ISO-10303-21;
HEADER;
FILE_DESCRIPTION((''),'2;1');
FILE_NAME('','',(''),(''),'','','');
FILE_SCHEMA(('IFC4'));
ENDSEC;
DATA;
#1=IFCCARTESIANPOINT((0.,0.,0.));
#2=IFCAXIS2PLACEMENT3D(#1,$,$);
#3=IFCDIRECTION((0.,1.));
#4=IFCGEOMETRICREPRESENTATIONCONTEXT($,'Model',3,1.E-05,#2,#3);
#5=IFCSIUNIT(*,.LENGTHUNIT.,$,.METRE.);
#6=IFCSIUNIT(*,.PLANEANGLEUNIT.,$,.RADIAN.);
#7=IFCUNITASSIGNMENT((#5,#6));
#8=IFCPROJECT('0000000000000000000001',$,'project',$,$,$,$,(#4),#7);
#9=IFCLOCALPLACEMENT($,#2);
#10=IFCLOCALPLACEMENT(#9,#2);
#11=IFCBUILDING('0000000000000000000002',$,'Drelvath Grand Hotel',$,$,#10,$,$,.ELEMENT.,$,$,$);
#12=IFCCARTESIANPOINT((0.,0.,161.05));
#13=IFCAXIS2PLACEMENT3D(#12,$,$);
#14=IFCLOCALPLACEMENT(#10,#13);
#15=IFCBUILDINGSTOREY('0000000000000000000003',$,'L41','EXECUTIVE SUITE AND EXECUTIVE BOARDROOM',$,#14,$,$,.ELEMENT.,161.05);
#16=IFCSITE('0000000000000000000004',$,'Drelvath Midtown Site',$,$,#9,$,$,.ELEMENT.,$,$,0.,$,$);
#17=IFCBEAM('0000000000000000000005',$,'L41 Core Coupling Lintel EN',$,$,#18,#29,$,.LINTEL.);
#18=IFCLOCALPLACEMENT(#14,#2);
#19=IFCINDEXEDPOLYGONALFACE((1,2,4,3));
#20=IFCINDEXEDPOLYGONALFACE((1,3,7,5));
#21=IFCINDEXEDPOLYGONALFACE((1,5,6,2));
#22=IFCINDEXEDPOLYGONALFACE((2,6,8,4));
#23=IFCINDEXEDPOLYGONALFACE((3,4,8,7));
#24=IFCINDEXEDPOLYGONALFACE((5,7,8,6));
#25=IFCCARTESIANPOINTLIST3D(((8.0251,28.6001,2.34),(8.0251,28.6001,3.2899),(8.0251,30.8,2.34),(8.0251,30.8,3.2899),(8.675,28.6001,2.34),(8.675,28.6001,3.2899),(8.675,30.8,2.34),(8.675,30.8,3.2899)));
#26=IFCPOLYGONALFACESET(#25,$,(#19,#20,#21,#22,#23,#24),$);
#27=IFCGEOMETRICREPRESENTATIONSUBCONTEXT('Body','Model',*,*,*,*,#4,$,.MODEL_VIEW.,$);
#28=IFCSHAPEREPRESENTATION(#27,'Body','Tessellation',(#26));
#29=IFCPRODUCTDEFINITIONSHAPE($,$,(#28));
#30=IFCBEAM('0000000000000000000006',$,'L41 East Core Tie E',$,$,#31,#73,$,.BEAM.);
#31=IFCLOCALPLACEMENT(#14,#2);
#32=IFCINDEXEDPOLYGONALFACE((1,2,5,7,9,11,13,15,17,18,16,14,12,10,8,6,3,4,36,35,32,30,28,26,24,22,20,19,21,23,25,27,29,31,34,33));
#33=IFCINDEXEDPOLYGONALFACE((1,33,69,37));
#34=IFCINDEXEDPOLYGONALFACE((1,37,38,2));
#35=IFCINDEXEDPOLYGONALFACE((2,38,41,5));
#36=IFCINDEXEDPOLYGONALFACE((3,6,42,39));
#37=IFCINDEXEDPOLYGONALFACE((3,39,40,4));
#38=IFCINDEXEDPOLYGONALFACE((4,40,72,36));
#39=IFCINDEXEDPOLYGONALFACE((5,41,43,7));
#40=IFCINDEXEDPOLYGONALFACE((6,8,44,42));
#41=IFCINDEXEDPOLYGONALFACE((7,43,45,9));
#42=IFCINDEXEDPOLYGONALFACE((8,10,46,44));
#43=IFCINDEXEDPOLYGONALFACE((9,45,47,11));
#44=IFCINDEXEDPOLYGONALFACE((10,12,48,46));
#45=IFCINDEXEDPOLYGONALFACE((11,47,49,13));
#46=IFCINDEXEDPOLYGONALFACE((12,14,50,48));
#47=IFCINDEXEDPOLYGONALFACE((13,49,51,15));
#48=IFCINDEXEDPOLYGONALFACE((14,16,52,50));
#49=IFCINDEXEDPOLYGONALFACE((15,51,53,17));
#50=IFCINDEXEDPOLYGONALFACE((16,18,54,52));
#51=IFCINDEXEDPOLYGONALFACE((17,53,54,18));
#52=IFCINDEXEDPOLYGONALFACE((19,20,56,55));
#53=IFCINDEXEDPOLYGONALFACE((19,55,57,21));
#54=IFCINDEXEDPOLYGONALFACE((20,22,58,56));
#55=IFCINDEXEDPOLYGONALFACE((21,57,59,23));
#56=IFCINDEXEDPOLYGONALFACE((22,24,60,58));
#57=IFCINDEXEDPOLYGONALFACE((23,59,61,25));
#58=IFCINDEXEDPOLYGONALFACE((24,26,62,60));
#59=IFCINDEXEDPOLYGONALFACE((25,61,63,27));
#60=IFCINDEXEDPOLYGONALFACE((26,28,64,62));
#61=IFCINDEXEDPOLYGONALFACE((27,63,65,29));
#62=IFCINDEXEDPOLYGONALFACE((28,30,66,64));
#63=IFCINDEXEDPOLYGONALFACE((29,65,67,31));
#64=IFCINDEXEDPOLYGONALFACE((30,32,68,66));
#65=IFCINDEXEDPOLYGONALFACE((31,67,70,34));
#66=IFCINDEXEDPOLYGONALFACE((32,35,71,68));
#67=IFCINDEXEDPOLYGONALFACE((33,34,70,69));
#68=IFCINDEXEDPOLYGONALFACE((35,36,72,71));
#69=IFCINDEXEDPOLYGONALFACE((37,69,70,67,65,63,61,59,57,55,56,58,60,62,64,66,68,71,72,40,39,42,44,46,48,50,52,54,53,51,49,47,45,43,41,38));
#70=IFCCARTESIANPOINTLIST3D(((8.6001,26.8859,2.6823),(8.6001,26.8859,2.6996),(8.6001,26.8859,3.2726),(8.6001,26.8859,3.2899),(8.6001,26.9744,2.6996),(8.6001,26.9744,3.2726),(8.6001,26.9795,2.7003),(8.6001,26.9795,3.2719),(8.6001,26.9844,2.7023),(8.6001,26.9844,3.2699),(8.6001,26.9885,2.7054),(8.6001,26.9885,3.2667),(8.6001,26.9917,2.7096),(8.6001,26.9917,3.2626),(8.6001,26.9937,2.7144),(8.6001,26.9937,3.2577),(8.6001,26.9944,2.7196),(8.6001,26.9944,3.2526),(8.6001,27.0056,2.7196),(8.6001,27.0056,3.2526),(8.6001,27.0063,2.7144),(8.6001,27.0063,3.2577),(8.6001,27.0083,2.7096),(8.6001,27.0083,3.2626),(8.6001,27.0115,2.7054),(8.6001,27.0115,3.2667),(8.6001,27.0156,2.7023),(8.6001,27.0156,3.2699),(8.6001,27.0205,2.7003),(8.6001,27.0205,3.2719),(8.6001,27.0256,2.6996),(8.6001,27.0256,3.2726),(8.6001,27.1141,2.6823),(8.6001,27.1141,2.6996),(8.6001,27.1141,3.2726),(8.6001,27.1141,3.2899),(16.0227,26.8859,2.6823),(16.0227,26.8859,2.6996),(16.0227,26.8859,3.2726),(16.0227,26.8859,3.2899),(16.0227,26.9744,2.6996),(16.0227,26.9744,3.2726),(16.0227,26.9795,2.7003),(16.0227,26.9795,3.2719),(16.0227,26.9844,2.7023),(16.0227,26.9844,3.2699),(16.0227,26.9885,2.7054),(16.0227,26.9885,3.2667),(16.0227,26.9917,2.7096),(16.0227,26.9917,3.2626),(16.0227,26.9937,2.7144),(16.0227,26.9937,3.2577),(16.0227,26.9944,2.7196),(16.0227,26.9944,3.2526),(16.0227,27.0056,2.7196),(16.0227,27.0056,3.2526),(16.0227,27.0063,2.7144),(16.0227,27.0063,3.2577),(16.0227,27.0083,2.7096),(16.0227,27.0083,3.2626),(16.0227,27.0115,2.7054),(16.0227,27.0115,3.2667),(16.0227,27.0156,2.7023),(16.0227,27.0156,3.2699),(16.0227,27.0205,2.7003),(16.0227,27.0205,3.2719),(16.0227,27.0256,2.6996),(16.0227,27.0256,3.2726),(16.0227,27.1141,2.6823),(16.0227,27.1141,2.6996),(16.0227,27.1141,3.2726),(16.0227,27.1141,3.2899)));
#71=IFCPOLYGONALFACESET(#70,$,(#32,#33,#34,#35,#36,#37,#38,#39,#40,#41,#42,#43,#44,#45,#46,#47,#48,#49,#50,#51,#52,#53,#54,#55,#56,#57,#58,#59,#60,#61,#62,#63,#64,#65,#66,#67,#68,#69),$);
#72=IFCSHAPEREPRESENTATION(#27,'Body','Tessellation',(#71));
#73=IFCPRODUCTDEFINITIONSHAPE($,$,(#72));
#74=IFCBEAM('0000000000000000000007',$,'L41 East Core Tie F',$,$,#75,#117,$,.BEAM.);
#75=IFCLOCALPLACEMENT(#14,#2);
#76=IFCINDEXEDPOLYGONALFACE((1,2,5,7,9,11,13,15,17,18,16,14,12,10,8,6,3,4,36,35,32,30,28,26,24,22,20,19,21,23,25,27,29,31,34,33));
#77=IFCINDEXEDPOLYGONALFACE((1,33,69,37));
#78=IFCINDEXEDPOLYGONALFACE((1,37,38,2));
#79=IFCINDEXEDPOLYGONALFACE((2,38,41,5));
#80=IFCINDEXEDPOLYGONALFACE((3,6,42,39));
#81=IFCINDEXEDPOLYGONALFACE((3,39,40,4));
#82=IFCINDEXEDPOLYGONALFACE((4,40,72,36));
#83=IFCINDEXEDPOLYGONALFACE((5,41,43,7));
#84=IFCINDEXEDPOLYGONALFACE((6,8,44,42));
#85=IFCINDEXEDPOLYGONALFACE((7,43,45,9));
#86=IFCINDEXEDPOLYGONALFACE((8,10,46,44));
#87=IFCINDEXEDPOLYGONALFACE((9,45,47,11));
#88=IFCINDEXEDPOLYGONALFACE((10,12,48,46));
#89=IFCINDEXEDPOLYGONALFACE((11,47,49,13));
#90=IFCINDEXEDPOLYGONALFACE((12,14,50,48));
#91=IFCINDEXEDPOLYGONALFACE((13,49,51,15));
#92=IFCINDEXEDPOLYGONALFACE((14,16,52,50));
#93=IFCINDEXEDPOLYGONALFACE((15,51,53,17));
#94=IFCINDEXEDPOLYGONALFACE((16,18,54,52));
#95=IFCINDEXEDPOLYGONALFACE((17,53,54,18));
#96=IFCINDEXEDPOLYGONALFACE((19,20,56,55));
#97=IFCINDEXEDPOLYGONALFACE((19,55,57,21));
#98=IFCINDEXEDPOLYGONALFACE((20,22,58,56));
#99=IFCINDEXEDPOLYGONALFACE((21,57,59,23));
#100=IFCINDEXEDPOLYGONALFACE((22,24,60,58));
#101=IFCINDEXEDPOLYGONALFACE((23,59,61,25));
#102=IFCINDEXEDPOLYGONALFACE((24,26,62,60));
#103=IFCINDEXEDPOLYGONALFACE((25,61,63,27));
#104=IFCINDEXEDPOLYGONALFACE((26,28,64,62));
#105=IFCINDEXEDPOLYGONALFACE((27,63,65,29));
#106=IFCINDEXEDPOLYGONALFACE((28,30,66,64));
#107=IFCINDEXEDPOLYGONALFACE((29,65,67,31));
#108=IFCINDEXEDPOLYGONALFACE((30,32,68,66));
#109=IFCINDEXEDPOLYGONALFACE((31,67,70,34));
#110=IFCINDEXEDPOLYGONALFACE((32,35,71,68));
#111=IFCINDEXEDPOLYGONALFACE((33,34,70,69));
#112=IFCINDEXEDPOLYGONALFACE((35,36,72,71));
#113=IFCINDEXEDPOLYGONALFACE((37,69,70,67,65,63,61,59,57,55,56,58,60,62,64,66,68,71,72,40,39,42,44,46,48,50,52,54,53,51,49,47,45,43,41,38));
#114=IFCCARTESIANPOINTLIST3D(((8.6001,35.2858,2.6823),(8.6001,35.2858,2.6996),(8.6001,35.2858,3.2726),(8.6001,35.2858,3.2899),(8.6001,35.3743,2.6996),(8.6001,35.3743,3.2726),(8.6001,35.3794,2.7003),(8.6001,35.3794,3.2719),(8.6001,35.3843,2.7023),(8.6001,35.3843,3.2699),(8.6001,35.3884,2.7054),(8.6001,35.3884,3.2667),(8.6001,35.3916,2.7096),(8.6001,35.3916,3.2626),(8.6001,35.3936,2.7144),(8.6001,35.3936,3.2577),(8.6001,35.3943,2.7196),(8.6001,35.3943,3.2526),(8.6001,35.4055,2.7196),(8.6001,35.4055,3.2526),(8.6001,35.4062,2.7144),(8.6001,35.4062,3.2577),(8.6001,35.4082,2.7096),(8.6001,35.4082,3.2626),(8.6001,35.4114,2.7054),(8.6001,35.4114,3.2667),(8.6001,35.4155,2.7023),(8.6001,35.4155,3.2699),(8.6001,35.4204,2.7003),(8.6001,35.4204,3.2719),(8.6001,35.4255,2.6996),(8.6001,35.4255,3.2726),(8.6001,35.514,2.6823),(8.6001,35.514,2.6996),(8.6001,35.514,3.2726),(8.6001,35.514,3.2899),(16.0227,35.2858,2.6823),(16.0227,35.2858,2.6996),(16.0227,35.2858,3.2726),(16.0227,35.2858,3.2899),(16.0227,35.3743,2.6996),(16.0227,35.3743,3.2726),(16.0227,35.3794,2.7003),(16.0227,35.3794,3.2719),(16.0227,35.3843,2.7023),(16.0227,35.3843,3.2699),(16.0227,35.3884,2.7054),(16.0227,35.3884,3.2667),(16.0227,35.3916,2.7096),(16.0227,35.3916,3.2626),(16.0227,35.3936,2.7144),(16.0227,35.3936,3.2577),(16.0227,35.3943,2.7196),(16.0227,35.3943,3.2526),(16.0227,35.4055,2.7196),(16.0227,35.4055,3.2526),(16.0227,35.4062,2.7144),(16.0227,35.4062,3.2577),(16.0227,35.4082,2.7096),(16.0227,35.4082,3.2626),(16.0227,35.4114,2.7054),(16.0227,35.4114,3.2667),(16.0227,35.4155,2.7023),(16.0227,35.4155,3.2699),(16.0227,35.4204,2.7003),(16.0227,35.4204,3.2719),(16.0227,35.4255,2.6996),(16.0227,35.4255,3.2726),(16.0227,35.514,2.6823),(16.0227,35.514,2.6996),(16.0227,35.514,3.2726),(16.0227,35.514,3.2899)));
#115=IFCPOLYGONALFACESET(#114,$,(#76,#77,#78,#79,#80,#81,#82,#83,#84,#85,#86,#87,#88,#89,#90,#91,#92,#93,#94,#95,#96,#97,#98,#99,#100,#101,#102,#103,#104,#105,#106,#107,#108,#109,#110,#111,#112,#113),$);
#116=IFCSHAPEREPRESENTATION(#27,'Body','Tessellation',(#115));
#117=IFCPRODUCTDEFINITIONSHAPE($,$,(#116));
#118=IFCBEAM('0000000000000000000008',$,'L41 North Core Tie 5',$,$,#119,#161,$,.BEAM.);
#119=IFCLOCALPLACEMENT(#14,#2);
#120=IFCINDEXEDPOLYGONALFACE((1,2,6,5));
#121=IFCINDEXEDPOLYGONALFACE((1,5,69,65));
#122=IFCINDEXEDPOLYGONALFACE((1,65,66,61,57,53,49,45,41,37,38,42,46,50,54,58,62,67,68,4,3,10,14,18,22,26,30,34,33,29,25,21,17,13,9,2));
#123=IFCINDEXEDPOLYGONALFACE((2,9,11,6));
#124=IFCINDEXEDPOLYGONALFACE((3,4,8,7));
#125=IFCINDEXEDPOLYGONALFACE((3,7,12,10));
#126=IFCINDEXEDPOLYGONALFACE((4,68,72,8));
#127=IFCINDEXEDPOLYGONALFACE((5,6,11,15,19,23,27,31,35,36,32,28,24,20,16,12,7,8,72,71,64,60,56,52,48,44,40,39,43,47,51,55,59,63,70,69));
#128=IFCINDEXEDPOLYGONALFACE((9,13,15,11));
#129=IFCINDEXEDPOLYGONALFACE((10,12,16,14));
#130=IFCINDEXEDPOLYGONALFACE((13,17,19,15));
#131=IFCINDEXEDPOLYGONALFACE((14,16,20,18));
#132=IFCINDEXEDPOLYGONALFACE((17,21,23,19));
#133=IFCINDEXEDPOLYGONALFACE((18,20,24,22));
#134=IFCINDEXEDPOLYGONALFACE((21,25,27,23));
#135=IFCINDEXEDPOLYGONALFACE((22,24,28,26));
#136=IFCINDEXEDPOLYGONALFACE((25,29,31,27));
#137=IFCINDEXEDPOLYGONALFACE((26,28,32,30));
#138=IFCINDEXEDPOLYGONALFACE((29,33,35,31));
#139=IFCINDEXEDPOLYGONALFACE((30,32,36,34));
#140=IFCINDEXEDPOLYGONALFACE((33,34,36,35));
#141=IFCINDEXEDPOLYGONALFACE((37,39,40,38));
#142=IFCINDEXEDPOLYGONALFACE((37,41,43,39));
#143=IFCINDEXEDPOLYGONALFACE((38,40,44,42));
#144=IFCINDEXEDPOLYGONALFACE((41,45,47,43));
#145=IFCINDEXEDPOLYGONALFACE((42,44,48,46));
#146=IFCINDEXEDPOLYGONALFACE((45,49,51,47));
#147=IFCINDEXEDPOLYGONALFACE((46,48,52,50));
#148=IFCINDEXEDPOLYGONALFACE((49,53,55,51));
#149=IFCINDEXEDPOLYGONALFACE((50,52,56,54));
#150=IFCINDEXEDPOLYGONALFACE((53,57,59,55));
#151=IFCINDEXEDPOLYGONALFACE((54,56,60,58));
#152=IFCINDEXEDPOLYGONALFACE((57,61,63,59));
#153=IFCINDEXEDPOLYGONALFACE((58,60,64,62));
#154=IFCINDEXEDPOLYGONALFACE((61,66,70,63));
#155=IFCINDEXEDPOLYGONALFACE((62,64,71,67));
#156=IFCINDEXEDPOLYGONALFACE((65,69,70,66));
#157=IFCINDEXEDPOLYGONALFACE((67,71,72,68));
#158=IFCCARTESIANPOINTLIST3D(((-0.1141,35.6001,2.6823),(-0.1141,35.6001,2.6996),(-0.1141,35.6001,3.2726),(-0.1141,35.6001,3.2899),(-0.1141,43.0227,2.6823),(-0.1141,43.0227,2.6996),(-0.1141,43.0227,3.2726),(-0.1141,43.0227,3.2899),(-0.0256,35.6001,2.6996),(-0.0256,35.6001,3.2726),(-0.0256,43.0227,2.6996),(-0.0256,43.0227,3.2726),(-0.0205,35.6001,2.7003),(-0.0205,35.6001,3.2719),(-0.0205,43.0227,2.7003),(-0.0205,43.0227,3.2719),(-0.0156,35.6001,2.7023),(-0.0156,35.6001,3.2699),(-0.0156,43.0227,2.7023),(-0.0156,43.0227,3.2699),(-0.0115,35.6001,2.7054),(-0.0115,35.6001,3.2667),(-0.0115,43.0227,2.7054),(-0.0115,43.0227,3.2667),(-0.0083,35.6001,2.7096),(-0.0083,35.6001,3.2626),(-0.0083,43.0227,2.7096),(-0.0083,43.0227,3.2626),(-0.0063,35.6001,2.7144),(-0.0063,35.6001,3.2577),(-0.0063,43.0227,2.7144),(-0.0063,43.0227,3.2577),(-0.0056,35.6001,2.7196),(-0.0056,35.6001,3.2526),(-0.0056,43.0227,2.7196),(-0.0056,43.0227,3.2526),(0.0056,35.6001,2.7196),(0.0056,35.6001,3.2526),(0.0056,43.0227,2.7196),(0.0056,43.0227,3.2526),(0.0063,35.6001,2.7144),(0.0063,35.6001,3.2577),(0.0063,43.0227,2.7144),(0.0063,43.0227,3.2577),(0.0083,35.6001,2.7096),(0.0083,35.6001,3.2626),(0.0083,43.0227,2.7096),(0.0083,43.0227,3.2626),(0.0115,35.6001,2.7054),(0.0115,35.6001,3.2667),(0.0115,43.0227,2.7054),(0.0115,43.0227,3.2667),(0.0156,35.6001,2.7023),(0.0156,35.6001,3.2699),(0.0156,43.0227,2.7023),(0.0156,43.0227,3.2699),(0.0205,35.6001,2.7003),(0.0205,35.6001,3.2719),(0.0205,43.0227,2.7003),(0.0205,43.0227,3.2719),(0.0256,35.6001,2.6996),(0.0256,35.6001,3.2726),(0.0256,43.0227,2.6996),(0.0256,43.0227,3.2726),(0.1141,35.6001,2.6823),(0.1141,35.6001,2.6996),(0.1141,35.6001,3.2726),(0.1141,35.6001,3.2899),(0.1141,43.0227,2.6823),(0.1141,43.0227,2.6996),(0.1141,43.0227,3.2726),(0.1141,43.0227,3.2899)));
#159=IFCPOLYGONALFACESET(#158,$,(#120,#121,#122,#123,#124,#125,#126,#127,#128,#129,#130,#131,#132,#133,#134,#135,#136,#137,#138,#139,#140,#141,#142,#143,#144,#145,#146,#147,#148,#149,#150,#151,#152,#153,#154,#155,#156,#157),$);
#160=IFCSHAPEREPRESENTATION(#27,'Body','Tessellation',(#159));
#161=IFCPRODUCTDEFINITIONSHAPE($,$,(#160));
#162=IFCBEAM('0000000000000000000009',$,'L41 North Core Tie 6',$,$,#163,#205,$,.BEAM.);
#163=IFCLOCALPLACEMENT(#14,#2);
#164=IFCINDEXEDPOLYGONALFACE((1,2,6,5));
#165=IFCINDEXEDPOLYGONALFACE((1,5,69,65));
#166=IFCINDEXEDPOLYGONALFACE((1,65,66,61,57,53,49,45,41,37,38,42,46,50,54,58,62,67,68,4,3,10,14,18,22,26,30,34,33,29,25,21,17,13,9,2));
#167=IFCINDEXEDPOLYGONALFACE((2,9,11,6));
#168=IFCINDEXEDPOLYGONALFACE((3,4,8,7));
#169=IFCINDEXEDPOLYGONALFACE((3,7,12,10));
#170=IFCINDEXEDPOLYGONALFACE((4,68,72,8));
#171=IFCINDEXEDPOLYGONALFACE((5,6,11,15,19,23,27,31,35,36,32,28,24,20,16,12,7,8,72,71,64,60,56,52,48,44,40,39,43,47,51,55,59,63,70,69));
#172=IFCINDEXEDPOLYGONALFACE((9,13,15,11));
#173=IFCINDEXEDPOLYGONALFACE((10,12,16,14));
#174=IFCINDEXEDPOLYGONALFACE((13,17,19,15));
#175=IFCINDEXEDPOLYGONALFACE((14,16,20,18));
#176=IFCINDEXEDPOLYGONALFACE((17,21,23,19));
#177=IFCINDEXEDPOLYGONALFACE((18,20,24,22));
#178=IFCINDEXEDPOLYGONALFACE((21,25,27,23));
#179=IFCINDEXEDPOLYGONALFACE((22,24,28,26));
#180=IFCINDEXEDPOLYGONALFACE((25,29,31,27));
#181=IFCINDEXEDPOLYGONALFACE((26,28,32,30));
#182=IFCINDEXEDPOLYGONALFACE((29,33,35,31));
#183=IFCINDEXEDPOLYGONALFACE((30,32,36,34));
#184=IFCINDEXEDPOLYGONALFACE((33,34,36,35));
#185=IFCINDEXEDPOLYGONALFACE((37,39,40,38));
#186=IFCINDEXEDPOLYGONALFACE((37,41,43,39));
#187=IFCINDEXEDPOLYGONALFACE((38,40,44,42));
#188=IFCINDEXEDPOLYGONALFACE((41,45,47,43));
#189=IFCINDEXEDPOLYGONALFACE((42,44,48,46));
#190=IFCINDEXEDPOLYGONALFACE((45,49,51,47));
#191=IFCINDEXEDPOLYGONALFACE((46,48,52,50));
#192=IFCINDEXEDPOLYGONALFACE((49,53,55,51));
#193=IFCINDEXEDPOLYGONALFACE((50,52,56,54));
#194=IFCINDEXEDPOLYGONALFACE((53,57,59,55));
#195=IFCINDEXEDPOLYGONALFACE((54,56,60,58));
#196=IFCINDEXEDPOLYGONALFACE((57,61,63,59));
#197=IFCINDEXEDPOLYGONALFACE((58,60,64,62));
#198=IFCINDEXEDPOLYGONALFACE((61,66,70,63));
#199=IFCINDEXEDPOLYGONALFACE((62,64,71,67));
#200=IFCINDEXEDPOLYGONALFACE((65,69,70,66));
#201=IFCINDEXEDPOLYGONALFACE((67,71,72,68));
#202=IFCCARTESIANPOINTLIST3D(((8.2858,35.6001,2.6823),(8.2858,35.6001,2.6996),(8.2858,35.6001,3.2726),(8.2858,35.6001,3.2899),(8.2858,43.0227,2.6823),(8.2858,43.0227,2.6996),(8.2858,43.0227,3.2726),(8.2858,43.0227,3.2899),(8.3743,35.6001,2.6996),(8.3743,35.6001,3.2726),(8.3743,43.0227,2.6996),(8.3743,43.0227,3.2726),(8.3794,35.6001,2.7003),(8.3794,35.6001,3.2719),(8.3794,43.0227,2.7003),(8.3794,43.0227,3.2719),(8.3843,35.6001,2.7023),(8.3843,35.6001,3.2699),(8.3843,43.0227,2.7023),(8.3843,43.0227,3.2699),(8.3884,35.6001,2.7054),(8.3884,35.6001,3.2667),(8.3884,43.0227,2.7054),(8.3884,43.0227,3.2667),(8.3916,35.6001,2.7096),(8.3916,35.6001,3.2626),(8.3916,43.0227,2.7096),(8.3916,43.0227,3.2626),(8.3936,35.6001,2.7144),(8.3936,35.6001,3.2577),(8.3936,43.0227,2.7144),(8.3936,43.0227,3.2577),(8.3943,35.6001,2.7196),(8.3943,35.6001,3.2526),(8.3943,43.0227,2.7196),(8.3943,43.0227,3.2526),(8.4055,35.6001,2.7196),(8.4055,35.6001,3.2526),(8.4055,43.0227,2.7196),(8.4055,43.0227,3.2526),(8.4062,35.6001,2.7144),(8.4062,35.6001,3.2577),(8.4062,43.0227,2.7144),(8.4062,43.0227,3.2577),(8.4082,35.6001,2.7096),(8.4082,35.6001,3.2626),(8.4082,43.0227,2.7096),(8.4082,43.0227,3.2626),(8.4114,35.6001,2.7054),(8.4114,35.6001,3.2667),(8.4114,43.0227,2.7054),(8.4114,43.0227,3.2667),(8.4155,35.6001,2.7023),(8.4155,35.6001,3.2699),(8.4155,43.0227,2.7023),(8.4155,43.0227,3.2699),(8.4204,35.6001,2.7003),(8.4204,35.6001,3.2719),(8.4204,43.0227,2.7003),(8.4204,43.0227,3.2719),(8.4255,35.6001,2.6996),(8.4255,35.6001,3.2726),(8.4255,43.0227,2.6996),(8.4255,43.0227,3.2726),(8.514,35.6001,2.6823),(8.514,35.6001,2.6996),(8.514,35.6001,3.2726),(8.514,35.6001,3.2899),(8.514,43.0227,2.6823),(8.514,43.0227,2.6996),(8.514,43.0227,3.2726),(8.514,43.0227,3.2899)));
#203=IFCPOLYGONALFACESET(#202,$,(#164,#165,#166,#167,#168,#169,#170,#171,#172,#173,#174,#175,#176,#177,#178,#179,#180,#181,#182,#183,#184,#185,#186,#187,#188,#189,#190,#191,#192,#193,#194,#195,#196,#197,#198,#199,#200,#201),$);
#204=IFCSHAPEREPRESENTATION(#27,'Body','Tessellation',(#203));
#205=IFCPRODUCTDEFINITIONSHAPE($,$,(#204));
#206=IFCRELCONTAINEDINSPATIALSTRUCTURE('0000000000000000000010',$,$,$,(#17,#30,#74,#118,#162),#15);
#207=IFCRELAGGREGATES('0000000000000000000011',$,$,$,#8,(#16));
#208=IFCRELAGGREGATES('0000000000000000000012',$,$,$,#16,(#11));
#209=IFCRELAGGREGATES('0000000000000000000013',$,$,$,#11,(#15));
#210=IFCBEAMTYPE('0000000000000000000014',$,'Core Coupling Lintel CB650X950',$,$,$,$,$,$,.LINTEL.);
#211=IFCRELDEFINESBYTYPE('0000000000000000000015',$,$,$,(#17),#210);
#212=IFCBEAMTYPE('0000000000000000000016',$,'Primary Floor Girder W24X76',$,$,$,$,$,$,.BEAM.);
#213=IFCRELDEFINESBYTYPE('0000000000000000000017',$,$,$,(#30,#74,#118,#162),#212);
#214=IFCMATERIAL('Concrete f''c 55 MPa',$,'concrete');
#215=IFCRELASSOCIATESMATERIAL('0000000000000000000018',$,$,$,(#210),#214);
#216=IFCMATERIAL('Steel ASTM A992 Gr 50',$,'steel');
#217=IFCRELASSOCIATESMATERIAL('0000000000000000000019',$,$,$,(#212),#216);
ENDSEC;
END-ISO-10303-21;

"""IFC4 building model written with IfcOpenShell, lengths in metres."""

from ifc_helpers import new_model, si_unit, direction, frame, origin, origin_2d, place, context, subcontext, project, spatial, rectangle, i_section, extrude, material, material_profile, profile_set, type_object, element, save


model = new_model("IFC4")

# Units and contexts
model_context = context("Model", 3, precision=1e-05, world=origin(), true_north=direction((0.0, 1.0)))
body_context = subcontext(model_context, "Body", "Model", "MODEL_VIEW")
ifc_project = project(units=[si_unit("LENGTHUNIT", "METRE"), si_unit("PLANEANGLEUNIT", "RADIAN")], contexts=[model_context])

# Site, building, storey
site_placement = place(None, origin())
site = spatial("IfcSite", under=ifc_project, at=site_placement, Name="Drelvath Midtown Site", CompositionType="ELEMENT", RefElevation=0.0)
building_placement = place(site_placement, origin())
building = spatial("IfcBuilding", under=site, at=building_placement, Name="Drelvath Grand Hotel", CompositionType="ELEMENT")
storey_placement = place(building_placement, frame((0.0, 0.0, 161.05)))
storey = spatial("IfcBuildingStorey", under=building, at=storey_placement, Name="L41", Description="EXECUTIVE SUITE AND EXECUTIVE BOARDROOM", CompositionType="ELEMENT", Elevation=161.05)

# Beams
ifc_material_1 = material(Name="Concrete f'c 55 MPa", Category="concrete")
ifc_material_profile_1 = material_profile(ifc_material_1, rectangle(XDim=0.6499, YDim=0.95, at=origin_2d()), Name="CB650X950")
ifc_profile_set_1 = profile_set([ifc_material_profile_1], Name="Concrete f'c 55 MPa")
beam_type_1 = type_object("IfcBeamType", Name="Core Coupling Lintel CB650X950", PredefinedType="LINTEL", material=ifc_profile_set_1)
beam_placement = place(storey_placement, frame((8.3501, 28.6001, 2.8149), z_axis=(0.0, 1.0, 0.0), x_axis=(-1.0, 0.0, 0.0)))
element("IfcBeam", 1, at=beam_placement, inside=storey, type_object=beam_type_1, Name="L41 Core Coupling Lintel EN", PredefinedType="LINTEL", context=body_context, shape_type="SweptSolid", body=[
    extrude(rectangle(XDim=0.6499, YDim=0.95, at=origin_2d()), origin(), (0.0, 0.0, 1.0), 2.2),
])
ifc_material_2 = material(Name="Steel ASTM A992 Gr 50", Category="steel")
ifc_material_profile_2 = material_profile(ifc_material_2, i_section(OverallWidth=0.2283, OverallDepth=0.6077, WebThickness=0.0112, FlangeThickness=0.0173, FilletRadius=0.02, at=origin_2d()), Name="W24X76")
ifc_profile_set_2 = profile_set([ifc_material_profile_2], Name="Steel ASTM A992 Gr 50")
beam_type_2 = type_object("IfcBeamType", Name="Primary Floor Girder W24X76", PredefinedType="BEAM", material=ifc_profile_set_2)
for number, where, z_axis, x_axis, name in (
    (2, (8.6001, 27.0, 2.9861), (1.0, 0.0, 0.0), (0.0, 1.0, 0.0), "L41 East Core Tie E"),
    (3, (8.6001, 35.3999, 2.9861), (1.0, 0.0, 0.0), (0.0, 1.0, 0.0), "L41 East Core Tie F"),
    (4, (0.0, 35.6001, 2.9861), (0.0, 1.0, 0.0), (-1.0, 0.0, 0.0), "L41 North Core Tie 5"),
    (5, (8.3999, 35.6001, 2.9861), (0.0, 1.0, 0.0), (-1.0, 0.0, 0.0), "L41 North Core Tie 6"),
):
    element("IfcBeam", number, at=place(storey_placement, frame(where, z_axis=z_axis, x_axis=x_axis)), inside=storey, type_object=beam_type_2, Name=name, PredefinedType="BEAM", context=body_context, shape_type="SweptSolid", body=[
        extrude(i_section(OverallWidth=0.2283, OverallDepth=0.6077, WebThickness=0.0112, FlangeThickness=0.0173, FilletRadius=0.02, at=origin_2d()), origin(), (0.0, 0.0, 1.0), 7.4226),
    ])

save(model, "model.ifc")
